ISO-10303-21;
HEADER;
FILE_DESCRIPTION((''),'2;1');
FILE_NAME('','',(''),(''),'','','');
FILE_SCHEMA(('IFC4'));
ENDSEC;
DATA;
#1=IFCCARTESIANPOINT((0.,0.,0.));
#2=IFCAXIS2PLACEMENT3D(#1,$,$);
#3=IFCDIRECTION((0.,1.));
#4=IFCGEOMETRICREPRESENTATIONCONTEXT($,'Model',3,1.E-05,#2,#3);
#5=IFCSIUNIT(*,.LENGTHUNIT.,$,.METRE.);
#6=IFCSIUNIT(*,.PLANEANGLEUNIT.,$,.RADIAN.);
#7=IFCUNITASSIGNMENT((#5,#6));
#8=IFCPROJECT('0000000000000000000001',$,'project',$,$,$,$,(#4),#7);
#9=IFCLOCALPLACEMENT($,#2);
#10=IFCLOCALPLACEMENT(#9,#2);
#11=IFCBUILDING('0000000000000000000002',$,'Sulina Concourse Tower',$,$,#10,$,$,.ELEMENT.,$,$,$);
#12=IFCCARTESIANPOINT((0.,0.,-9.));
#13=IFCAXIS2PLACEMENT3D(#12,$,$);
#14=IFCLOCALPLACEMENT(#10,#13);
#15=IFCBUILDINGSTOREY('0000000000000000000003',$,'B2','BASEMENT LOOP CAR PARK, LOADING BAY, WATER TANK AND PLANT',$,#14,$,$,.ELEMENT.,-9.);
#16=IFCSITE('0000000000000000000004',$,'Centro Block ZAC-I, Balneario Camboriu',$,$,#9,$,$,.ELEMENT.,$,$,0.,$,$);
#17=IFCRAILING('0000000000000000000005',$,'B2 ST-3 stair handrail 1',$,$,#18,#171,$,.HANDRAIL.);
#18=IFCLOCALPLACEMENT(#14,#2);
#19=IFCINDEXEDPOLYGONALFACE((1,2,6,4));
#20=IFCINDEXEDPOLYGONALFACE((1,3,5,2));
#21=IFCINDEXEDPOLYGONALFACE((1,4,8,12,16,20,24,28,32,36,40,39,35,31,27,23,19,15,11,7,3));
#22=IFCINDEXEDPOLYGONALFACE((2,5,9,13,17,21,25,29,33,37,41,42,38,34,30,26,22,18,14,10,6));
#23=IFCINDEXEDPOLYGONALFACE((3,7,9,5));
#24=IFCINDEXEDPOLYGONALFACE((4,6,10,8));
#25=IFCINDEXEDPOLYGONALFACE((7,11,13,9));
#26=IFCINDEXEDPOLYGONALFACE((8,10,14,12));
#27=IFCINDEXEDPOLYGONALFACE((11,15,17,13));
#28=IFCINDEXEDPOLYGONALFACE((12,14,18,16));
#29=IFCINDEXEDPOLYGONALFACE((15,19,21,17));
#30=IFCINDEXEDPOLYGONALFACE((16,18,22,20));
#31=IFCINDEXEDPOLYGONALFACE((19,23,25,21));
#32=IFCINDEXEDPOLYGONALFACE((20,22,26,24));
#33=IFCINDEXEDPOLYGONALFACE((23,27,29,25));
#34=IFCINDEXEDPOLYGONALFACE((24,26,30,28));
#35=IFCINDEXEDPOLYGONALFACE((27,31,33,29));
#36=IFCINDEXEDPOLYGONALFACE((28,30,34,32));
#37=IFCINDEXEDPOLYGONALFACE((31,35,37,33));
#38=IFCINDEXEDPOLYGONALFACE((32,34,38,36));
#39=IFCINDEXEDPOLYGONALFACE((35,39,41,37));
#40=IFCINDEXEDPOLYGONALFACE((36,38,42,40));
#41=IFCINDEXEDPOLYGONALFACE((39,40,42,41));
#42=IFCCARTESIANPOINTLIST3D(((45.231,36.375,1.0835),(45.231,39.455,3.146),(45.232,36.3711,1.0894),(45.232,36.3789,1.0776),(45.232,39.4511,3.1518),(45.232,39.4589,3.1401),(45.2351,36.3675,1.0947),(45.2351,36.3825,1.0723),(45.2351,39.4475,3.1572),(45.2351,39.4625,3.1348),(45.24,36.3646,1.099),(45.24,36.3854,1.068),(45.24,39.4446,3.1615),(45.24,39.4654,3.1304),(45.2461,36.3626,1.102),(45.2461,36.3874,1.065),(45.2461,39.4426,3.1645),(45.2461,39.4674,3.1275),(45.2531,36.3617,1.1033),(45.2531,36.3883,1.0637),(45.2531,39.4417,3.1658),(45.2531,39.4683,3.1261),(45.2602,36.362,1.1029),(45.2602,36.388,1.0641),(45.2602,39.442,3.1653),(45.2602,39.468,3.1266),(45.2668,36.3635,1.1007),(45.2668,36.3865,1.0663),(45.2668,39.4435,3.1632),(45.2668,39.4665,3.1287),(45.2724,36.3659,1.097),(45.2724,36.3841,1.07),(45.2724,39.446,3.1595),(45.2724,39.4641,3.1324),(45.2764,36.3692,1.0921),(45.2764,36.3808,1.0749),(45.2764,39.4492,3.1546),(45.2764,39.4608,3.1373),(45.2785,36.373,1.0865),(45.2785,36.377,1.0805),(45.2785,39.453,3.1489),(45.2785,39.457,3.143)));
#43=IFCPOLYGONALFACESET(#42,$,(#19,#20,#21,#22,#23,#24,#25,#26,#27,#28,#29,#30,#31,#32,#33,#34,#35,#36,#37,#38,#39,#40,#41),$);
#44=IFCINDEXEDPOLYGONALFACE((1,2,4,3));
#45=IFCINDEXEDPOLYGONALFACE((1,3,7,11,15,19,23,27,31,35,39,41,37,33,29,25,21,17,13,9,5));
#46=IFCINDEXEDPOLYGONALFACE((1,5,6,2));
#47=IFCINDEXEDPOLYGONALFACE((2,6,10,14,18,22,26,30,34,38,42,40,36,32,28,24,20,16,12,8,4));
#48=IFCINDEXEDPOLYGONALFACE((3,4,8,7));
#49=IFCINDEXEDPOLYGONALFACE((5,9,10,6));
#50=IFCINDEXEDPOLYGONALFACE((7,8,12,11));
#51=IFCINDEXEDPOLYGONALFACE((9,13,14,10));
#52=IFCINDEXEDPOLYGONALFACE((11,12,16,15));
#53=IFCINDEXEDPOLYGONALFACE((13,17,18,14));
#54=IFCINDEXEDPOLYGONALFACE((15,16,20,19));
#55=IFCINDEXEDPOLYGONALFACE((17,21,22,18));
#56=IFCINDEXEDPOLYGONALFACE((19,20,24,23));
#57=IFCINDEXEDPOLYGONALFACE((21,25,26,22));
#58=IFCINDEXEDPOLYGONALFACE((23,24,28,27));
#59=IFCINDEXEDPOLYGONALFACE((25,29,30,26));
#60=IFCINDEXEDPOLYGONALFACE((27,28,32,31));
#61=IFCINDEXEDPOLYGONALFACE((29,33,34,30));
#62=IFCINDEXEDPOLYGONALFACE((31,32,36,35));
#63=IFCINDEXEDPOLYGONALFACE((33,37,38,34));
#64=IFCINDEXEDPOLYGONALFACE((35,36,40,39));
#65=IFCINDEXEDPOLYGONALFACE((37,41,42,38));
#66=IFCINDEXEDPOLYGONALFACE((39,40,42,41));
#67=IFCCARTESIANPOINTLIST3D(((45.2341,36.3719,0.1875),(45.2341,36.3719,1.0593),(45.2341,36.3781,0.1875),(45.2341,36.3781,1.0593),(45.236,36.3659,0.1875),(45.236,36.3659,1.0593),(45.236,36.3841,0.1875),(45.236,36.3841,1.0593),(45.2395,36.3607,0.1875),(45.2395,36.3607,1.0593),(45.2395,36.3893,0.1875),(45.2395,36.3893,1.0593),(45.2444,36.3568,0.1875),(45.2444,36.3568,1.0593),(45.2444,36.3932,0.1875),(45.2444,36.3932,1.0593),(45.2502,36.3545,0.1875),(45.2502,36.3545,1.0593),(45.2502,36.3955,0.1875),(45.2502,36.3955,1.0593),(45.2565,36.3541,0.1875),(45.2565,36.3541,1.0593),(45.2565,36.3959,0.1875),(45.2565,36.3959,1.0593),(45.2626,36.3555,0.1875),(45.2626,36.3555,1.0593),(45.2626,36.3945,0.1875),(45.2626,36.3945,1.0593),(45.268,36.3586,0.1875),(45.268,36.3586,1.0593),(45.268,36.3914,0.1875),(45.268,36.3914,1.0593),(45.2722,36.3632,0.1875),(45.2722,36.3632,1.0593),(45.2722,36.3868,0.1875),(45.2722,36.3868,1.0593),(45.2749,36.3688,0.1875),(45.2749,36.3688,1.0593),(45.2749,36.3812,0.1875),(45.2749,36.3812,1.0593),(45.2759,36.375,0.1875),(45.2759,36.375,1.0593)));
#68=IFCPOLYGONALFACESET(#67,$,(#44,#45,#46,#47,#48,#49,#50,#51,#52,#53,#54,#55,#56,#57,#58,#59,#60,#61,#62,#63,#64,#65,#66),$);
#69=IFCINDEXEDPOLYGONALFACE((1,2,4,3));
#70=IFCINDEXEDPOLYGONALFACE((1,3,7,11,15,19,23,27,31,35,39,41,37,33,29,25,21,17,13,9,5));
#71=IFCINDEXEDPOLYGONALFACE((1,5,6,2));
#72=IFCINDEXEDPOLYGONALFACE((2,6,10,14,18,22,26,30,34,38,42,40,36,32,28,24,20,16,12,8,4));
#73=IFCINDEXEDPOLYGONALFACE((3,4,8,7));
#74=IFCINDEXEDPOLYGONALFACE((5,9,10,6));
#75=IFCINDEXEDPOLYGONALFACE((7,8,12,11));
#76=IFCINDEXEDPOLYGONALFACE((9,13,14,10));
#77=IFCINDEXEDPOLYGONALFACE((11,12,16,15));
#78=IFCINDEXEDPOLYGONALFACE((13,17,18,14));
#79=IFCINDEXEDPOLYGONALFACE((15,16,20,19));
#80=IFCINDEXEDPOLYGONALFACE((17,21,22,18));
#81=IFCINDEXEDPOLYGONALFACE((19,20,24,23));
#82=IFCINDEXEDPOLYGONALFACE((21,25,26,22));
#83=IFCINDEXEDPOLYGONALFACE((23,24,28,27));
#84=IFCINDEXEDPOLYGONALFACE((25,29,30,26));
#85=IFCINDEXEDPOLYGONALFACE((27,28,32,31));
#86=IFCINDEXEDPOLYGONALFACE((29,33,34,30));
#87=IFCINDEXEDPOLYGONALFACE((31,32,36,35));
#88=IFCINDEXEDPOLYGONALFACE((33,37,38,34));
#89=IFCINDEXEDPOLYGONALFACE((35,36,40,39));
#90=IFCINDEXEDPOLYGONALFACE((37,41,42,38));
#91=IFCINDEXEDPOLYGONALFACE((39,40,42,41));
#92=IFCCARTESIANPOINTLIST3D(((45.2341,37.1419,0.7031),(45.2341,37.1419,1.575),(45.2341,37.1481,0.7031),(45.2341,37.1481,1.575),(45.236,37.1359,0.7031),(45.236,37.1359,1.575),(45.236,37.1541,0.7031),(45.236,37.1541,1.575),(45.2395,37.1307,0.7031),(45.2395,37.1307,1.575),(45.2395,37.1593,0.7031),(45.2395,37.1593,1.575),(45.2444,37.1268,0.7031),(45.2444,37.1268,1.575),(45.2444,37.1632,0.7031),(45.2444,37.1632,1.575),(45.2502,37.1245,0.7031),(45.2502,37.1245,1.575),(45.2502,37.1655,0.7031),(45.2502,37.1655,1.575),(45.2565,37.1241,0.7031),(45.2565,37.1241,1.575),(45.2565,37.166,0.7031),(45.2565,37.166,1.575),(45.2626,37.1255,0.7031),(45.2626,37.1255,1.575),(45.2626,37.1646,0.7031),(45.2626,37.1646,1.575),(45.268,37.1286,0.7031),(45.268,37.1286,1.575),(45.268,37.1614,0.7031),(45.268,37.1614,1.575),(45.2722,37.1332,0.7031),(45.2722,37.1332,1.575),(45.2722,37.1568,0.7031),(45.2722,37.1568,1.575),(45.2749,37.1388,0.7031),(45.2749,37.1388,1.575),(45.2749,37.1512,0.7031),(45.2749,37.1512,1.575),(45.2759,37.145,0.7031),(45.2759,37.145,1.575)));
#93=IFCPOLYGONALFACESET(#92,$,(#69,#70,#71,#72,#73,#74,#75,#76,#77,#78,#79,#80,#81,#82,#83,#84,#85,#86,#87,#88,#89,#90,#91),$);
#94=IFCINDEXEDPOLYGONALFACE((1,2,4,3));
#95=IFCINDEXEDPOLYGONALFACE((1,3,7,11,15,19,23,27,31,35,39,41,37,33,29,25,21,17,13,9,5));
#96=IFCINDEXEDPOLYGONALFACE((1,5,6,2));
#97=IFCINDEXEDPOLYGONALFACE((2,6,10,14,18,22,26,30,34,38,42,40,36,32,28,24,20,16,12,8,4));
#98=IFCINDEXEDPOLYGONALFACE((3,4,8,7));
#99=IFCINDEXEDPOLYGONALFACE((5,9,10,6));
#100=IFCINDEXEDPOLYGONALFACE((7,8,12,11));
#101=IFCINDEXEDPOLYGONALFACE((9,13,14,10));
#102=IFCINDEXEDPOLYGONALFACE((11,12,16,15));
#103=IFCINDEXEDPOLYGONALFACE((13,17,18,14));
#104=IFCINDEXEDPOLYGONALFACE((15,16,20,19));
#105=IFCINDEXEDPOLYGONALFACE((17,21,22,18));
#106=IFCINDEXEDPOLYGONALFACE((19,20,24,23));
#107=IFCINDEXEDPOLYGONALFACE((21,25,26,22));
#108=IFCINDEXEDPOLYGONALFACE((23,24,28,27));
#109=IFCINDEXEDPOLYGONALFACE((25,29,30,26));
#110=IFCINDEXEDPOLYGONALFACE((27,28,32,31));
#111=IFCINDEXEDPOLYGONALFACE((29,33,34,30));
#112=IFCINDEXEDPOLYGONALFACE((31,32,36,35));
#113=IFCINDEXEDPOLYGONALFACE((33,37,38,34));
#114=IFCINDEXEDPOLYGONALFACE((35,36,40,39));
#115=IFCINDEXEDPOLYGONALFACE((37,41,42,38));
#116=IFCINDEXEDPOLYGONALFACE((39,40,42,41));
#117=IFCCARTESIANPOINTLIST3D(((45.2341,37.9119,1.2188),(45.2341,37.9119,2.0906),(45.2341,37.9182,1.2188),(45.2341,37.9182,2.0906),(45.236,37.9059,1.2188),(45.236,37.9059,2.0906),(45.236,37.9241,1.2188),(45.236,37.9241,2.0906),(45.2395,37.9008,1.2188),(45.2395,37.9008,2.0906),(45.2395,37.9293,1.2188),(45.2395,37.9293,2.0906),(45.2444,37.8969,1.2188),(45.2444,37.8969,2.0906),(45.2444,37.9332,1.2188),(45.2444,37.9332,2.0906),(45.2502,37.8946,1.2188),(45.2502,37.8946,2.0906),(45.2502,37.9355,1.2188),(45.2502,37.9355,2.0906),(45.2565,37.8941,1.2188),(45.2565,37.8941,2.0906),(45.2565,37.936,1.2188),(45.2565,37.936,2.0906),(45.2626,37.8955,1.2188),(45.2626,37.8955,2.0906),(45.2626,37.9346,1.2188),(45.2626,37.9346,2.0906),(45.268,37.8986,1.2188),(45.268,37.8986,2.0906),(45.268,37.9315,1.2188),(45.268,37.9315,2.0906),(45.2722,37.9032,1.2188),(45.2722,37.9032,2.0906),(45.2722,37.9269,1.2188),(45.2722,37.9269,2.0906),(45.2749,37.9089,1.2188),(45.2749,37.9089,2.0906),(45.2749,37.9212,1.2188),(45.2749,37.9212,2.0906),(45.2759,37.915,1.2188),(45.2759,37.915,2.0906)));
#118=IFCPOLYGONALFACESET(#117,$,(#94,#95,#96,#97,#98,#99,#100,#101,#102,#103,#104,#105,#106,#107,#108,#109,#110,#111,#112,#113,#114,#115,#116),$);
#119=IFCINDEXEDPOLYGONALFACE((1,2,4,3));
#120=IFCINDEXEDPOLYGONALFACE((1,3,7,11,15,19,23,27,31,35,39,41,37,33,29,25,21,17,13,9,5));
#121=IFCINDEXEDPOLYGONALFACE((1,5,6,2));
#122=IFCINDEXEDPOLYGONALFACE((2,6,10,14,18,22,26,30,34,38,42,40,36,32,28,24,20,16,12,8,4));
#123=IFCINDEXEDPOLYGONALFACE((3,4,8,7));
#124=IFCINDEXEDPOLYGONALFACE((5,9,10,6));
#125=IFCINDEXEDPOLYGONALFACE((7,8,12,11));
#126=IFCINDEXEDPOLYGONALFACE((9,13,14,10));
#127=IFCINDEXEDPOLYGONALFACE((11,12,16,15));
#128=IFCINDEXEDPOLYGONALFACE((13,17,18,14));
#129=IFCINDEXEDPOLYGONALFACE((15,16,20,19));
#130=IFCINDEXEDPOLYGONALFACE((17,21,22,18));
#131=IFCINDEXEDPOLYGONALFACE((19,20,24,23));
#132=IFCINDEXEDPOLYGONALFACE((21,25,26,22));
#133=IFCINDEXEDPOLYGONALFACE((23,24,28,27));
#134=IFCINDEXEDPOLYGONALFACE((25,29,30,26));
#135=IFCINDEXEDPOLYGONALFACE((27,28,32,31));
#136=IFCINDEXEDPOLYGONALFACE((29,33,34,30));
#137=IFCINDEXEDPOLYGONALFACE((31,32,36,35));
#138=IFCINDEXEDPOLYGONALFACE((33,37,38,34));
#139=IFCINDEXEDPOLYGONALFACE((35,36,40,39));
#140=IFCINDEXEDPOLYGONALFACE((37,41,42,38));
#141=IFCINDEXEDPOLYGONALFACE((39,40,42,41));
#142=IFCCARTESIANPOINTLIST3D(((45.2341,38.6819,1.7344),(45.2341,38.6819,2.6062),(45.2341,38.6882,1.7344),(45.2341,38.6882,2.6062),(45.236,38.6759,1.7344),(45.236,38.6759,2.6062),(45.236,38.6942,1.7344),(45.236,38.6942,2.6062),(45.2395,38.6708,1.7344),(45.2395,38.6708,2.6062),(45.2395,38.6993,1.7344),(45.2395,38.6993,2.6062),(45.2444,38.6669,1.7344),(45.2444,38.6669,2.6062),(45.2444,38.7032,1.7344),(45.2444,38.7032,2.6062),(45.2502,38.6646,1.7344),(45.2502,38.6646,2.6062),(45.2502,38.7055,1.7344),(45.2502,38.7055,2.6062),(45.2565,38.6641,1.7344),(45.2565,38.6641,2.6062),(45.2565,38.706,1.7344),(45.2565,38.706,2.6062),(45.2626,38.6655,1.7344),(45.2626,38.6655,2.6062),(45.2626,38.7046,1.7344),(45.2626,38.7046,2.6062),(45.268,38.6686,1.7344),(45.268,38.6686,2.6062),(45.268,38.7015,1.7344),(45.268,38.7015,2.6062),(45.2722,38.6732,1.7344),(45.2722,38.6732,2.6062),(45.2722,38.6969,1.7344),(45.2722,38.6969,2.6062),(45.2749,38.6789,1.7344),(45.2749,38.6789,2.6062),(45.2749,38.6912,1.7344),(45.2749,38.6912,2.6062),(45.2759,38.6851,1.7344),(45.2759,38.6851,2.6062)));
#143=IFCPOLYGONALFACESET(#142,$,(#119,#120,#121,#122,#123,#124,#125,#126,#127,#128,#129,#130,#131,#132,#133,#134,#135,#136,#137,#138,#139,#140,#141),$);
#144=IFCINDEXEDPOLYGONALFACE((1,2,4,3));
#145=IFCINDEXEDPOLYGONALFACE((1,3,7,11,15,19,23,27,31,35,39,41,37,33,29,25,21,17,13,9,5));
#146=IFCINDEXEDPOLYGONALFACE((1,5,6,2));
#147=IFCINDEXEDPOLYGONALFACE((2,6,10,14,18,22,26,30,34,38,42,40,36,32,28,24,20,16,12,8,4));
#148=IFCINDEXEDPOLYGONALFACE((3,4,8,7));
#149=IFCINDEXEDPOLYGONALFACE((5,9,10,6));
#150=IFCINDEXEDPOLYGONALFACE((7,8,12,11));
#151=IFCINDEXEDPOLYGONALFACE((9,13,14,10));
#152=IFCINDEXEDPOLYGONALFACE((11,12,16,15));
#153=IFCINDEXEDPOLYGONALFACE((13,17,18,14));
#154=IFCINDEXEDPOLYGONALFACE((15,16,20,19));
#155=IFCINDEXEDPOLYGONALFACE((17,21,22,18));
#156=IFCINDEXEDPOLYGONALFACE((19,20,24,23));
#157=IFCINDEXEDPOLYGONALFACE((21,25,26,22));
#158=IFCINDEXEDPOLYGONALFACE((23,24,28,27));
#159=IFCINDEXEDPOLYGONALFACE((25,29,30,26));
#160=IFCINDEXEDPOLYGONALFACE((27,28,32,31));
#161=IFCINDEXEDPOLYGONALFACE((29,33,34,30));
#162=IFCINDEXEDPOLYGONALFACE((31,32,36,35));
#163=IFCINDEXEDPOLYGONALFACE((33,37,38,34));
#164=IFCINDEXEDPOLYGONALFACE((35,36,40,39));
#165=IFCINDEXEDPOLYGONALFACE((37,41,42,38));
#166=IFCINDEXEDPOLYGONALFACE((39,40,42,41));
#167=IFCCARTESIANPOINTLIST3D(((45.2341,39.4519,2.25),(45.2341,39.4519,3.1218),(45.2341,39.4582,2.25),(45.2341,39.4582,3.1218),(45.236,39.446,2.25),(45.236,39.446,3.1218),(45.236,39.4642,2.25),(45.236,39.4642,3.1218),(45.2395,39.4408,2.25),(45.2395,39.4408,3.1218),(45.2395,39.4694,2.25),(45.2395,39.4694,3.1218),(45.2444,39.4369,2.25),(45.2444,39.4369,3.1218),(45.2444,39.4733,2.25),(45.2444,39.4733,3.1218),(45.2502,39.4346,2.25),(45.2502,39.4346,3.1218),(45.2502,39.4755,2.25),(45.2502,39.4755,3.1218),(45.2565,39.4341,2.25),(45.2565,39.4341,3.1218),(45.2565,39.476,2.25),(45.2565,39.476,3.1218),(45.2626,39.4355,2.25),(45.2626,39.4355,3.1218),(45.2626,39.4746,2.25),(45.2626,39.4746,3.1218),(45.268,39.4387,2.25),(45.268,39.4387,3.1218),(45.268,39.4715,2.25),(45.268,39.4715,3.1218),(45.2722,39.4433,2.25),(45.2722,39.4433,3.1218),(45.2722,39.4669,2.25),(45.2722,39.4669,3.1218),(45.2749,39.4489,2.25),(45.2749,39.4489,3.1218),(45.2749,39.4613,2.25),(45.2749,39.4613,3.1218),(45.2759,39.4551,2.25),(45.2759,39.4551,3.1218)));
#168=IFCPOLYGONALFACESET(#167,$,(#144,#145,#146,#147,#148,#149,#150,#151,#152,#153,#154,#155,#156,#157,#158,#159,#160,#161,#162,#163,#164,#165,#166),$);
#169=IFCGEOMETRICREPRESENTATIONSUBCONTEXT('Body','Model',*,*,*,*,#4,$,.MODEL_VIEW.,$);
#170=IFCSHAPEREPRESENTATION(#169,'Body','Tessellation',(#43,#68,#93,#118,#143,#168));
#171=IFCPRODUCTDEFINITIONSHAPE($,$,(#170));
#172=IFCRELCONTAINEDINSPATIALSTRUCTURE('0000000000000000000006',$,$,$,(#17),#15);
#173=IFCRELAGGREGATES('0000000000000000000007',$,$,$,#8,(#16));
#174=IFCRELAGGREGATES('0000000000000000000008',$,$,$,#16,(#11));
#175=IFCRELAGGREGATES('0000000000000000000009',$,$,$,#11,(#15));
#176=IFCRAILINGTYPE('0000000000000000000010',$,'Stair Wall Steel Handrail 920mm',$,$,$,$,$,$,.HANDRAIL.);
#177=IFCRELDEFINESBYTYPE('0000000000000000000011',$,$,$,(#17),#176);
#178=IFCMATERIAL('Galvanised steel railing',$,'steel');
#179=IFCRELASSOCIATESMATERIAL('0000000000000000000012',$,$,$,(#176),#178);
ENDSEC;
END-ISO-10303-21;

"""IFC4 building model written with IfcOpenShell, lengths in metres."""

from ifc_helpers import new_model, si_unit, direction, frame, origin, origin_2d, place, context, subcontext, project, spatial, circle, extrude, material, type_object, element, save


model = new_model("IFC4")

# Units and contexts
model_context = context("Model", 3, precision=1e-05, world=origin(), true_north=direction((0.0, 1.0)))
body_context = subcontext(model_context, "Body", "Model", "MODEL_VIEW")
ifc_project = project(units=[si_unit("LENGTHUNIT", "METRE"), si_unit("PLANEANGLEUNIT", "RADIAN")], contexts=[model_context])

# Site, building, storey
site_placement = place(None, origin())
site = spatial("IfcSite", under=ifc_project, at=site_placement, Name="Centro Block ZAC-I, Balneario Camboriu", CompositionType="ELEMENT", RefElevation=0.0)
building_placement = place(site_placement, origin())
building = spatial("IfcBuilding", under=site, at=building_placement, Name="Sulina Concourse Tower", CompositionType="ELEMENT")
storey_placement = place(building_placement, frame((0.0, 0.0, -9.0)))
storey = spatial("IfcBuildingStorey", under=building, at=storey_placement, Name="B2", Description="BASEMENT LOOP CAR PARK, LOADING BAY, WATER TANK AND PLANT", CompositionType="ELEMENT", Elevation=-9.0)

# Railing
ifc_material_1 = material(Name="Galvanised steel railing", Category="steel")
railing_type_1 = type_object("IfcRailingType", Name="Stair Wall Steel Handrail 920mm", PredefinedType="HANDRAIL", material=ifc_material_1)
railing_1_placement = place(storey_placement, frame((45.2549, 36.375, 0.1875)))
element("IfcRailing", 1, at=railing_1_placement, inside=storey, type_object=railing_type_1, Name="B2 ST-3 stair handrail 1", PredefinedType="HANDRAIL", context=body_context, shape_type="SweptSolid", body=[
    extrude(circle(Radius=0.0239, at=origin_2d()), frame((0.0, 0.0, 0.896), z_axis=(0.0, 0.830914, 0.556401), x_axis=(-1.0, 0.0, 0.0)), (0.0, 0.0, 1.0), 3.7068),
    extrude(circle(Radius=0.021, at=origin_2d()), origin(), (0.0, 0.0, 1.0), 0.8718),
    extrude(circle(Radius=0.021, at=origin_2d()), frame((0.0, 0.77, 0.5156)), (0.0, 0.0, 1.0), 0.8718),
    extrude(circle(Radius=0.021, at=origin_2d()), frame((0.0, 1.54, 1.0312)), (0.0, 0.0, 1.0), 0.8718),
    extrude(circle(Radius=0.021, at=origin_2d()), frame((0.0, 2.3101, 1.5469)), (0.0, 0.0, 1.0), 0.8718),
    extrude(circle(Radius=0.021, at=origin_2d()), frame((0.0, 3.0801, 2.0625)), (0.0, 0.0, 1.0), 0.8718),
])

save(model, "model.ifc")
